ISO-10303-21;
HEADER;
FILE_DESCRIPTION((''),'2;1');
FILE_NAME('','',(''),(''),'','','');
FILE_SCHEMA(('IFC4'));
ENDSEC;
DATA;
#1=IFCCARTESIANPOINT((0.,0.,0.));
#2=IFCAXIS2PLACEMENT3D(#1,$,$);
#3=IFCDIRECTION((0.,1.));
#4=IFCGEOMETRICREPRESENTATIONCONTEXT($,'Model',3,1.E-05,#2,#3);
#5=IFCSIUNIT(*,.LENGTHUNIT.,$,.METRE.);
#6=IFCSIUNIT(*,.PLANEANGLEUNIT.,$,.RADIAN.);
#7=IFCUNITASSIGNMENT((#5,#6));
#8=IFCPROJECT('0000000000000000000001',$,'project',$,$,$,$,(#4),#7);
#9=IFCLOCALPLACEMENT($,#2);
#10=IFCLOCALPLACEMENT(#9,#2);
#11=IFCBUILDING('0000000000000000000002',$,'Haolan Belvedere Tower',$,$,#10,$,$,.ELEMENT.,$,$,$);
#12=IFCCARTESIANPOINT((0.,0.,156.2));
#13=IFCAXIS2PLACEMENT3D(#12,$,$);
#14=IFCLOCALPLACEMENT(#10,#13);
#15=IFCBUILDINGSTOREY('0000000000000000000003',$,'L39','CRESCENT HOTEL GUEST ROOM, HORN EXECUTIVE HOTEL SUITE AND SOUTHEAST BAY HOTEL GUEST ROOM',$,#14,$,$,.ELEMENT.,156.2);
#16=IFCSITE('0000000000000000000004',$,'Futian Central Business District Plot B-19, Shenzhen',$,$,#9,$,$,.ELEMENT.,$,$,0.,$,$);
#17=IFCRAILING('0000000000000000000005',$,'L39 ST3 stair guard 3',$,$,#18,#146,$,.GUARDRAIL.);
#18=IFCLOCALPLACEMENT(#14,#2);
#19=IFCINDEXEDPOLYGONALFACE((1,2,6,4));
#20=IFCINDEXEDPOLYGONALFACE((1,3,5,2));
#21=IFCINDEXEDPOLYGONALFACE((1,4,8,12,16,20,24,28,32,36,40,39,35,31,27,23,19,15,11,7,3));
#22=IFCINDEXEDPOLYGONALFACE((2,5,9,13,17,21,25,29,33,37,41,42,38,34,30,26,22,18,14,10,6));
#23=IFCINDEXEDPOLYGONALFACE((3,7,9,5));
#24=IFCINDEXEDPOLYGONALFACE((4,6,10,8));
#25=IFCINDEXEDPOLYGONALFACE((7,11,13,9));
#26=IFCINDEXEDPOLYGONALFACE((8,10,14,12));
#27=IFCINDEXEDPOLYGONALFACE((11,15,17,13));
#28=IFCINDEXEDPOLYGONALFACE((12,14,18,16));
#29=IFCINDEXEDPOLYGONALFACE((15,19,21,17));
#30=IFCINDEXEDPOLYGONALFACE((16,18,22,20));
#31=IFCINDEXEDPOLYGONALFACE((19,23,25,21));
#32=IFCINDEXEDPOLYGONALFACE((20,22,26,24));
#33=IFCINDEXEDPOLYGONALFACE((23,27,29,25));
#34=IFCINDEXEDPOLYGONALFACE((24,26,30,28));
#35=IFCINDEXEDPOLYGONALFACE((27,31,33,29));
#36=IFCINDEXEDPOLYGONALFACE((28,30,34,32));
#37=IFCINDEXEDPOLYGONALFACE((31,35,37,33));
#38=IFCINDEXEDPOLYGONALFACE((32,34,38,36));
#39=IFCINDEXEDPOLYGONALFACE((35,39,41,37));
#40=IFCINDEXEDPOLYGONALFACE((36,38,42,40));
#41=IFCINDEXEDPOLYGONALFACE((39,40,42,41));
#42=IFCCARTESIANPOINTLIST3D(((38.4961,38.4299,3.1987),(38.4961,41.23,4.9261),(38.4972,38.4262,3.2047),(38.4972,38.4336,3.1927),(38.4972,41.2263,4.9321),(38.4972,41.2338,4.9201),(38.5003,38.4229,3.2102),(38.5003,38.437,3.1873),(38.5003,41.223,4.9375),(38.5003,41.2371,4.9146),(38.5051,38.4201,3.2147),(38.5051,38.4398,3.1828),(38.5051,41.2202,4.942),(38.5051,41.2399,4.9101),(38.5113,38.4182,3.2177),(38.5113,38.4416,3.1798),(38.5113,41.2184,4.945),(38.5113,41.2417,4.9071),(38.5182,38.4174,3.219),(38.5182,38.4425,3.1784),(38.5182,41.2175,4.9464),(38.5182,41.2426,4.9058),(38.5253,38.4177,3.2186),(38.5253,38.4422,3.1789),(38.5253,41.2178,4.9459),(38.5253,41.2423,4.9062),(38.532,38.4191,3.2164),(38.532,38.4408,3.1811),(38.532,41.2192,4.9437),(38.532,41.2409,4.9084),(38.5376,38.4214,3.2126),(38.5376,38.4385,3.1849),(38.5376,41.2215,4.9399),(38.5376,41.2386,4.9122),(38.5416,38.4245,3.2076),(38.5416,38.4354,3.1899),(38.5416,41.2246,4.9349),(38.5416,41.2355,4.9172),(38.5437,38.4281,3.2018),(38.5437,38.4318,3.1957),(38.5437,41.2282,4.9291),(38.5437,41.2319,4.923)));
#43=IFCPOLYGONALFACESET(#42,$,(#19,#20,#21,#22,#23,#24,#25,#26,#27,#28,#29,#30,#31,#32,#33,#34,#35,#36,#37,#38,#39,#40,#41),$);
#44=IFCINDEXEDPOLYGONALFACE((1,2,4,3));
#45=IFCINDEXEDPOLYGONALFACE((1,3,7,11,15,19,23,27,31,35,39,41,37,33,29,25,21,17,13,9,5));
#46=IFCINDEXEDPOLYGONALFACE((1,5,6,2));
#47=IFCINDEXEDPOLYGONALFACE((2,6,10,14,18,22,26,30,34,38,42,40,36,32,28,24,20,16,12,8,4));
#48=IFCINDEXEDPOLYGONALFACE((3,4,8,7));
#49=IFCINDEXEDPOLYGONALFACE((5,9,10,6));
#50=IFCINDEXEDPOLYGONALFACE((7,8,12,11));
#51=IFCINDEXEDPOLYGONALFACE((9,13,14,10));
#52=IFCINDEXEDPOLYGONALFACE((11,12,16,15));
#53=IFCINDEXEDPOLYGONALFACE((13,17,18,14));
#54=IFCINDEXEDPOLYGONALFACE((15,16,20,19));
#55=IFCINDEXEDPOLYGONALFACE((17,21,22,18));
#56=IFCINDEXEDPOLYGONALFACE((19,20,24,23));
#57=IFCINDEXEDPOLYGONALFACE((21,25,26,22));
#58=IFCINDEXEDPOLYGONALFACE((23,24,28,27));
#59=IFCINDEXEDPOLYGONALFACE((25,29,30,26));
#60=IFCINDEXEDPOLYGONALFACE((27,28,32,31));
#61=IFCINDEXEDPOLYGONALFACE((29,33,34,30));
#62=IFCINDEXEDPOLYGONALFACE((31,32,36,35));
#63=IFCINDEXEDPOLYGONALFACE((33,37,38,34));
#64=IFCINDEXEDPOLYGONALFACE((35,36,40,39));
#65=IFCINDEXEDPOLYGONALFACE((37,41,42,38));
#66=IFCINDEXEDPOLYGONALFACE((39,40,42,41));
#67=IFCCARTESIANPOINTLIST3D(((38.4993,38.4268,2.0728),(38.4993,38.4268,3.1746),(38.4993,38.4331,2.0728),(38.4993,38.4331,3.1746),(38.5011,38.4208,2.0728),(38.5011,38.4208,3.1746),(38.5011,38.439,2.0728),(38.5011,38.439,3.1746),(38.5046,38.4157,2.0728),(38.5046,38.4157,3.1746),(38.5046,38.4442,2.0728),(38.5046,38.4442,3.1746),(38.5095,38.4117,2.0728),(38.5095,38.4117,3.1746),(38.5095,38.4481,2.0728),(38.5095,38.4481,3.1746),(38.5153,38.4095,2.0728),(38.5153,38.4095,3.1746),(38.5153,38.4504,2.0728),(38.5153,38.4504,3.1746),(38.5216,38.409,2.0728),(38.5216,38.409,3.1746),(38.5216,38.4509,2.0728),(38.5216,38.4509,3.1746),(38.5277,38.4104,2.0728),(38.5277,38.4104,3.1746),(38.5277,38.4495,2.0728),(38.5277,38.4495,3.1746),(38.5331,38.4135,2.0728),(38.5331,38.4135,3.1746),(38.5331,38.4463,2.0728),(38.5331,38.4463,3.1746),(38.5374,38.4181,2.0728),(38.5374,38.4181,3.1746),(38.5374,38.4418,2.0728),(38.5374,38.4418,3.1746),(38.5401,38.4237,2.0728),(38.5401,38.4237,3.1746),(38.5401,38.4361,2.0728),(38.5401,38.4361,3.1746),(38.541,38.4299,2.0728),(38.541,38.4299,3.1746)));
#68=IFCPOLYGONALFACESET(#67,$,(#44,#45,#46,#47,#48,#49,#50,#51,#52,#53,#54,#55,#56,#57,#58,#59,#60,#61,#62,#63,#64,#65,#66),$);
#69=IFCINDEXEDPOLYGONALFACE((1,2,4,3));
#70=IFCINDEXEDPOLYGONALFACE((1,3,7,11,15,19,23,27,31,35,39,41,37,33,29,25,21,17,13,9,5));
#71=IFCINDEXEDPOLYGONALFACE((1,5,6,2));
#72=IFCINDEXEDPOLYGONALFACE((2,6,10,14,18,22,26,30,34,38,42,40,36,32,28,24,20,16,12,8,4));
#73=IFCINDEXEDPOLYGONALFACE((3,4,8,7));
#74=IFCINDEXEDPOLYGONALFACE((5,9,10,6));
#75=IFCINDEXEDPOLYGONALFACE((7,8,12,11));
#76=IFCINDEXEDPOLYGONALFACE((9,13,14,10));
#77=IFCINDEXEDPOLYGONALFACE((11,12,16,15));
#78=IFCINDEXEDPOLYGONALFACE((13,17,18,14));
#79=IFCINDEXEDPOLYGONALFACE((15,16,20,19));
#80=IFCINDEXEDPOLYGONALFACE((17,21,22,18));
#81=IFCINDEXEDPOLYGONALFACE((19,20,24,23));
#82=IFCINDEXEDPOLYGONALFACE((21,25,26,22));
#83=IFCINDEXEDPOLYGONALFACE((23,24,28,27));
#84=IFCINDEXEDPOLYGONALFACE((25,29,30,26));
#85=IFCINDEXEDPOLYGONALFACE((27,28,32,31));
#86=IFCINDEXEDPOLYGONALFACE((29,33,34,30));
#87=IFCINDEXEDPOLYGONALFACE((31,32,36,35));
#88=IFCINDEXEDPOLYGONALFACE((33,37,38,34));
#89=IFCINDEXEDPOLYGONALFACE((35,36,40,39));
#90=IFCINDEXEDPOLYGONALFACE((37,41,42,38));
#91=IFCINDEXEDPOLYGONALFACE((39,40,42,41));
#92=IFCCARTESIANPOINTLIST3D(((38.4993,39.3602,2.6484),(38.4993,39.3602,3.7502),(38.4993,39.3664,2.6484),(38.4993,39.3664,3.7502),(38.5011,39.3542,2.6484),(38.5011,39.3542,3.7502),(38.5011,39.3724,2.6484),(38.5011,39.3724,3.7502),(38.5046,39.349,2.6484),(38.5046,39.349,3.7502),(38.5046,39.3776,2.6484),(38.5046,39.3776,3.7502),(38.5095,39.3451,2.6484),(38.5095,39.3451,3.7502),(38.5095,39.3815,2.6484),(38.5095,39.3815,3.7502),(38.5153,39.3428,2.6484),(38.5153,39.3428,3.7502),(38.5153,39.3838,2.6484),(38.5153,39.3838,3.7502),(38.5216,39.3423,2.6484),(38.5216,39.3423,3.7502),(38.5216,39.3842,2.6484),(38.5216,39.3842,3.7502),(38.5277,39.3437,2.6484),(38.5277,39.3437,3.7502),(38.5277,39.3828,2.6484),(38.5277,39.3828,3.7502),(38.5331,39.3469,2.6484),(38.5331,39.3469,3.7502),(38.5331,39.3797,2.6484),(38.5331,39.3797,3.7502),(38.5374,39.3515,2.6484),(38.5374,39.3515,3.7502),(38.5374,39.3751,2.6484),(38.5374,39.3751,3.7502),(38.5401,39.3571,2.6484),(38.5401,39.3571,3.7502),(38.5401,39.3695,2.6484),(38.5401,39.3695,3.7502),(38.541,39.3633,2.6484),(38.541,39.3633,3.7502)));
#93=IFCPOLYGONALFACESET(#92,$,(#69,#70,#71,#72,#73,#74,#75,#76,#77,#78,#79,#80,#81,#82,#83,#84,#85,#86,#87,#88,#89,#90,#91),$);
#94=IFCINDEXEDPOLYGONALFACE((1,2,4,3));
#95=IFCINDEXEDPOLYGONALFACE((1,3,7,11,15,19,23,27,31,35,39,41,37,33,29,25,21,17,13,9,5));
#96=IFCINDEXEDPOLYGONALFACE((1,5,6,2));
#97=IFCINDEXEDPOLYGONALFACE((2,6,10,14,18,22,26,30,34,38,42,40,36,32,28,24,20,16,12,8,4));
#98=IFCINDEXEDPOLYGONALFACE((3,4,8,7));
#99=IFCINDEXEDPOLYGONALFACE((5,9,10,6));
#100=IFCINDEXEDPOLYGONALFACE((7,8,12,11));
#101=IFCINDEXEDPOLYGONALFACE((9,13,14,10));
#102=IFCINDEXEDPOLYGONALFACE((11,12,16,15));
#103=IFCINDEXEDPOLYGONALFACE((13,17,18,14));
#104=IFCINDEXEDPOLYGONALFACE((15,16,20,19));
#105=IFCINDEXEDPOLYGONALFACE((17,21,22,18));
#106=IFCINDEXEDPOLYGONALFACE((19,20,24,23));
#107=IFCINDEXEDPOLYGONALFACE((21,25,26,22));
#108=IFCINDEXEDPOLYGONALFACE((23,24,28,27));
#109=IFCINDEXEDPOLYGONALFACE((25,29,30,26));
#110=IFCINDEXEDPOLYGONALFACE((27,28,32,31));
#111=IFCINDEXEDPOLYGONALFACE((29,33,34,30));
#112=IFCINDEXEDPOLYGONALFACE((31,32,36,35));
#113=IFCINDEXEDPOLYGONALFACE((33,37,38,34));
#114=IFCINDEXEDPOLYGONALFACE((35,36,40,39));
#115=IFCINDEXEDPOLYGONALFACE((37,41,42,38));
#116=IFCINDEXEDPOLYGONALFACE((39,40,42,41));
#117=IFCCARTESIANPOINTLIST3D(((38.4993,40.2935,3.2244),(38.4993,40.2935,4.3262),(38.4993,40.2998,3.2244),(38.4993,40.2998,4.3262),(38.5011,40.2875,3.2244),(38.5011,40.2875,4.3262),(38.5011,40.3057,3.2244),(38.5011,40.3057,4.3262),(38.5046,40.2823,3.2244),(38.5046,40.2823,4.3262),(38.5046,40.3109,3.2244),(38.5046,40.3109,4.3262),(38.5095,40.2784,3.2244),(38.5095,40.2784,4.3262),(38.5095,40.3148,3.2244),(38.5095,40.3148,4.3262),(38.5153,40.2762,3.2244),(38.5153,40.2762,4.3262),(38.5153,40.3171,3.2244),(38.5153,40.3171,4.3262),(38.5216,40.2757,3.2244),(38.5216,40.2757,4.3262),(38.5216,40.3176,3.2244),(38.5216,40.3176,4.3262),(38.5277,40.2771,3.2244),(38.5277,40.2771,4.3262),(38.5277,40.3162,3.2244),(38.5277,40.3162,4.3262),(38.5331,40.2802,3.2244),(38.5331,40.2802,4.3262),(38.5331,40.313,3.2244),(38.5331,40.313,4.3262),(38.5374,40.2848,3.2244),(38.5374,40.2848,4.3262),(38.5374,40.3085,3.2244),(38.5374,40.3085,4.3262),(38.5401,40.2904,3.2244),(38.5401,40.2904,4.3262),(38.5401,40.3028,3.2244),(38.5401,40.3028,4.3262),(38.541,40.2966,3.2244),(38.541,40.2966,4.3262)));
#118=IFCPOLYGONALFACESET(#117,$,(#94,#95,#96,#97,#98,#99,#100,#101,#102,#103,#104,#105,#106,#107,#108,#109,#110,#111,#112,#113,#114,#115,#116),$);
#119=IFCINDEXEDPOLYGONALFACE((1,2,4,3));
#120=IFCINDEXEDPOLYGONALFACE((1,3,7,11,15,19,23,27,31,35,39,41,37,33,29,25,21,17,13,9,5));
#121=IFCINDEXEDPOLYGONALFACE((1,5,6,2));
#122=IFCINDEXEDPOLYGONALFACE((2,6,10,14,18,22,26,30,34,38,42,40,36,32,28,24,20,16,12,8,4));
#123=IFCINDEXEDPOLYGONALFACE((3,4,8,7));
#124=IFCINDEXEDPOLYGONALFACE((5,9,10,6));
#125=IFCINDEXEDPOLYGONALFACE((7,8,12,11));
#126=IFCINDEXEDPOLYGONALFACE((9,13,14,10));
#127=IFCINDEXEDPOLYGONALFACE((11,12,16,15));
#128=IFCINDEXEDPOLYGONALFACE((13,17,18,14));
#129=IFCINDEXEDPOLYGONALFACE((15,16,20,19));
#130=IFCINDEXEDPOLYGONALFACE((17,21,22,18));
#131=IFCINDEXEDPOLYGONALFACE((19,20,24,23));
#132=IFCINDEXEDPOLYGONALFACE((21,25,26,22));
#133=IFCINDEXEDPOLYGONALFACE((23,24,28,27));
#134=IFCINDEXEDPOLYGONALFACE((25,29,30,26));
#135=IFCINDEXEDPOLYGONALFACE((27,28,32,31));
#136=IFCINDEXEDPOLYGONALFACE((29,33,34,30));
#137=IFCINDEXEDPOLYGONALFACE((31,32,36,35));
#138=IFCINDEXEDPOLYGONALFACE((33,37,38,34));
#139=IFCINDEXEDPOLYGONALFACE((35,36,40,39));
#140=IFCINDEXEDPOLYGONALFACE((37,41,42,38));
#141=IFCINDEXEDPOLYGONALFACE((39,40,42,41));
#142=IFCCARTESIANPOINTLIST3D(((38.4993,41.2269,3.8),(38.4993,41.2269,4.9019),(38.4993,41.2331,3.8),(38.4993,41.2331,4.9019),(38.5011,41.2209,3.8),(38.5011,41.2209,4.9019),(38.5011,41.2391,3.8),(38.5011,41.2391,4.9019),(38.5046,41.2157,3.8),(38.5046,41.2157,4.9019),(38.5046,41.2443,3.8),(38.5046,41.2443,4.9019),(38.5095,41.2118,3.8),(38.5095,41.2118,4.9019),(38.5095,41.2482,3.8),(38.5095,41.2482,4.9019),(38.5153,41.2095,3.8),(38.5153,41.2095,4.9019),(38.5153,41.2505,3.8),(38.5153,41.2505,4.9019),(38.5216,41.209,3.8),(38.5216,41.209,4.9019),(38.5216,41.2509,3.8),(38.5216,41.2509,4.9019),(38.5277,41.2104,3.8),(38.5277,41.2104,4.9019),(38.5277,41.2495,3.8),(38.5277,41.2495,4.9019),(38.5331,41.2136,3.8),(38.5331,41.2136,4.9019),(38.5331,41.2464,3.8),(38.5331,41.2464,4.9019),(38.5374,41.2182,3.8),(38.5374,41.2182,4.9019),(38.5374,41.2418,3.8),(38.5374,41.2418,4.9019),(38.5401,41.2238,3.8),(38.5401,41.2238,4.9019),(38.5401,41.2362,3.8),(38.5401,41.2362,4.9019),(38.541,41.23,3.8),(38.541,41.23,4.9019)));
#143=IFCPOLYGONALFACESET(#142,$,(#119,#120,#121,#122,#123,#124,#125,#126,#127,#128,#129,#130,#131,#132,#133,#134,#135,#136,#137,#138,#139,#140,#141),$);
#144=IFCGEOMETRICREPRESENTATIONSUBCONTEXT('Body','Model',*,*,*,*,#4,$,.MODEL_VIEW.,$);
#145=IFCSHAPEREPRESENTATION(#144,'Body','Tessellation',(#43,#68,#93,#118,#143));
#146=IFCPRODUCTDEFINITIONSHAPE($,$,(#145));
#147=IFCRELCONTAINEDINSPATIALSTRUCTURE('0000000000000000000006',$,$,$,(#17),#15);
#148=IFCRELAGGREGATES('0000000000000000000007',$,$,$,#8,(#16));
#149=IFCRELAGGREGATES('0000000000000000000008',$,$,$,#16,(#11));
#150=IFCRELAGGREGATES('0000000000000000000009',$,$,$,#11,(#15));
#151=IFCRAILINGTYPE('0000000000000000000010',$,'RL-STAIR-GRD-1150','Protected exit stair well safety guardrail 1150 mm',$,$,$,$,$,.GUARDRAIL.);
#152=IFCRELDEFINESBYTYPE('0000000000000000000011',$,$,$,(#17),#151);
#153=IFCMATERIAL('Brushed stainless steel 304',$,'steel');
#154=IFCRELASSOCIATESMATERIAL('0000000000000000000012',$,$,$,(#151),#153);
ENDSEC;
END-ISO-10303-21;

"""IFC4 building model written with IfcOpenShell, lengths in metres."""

from ifc_helpers import new_model, si_unit, direction, frame, origin, origin_2d, place, context, subcontext, project, spatial, circle, extrude, material, type_object, element, save


model = new_model("IFC4")

# Units and contexts
model_context = context("Model", 3, precision=1e-05, world=origin(), true_north=direction((0.0, 1.0)))
body_context = subcontext(model_context, "Body", "Model", "MODEL_VIEW")
ifc_project = project(units=[si_unit("LENGTHUNIT", "METRE"), si_unit("PLANEANGLEUNIT", "RADIAN")], contexts=[model_context])

# Site, building, storey
site_placement = place(None, origin())
site = spatial("IfcSite", under=ifc_project, at=site_placement, Name="Futian Central Business District Plot B-19, Shenzhen", CompositionType="ELEMENT", RefElevation=0.0)
building_placement = place(site_placement, origin())
building = spatial("IfcBuilding", under=site, at=building_placement, Name="Haolan Belvedere Tower", CompositionType="ELEMENT")
storey_placement = place(building_placement, frame((0.0, 0.0, 156.2)))
storey = spatial("IfcBuildingStorey", under=building, at=storey_placement, Name="L39", Description="CRESCENT HOTEL GUEST ROOM, HORN EXECUTIVE HOTEL SUITE AND SOUTHEAST BAY HOTEL GUEST ROOM", CompositionType="ELEMENT", Elevation=156.2)

# Railing
ifc_material_1 = material(Name="Brushed stainless steel 304", Category="steel")
railing_type_1 = type_object("IfcRailingType", Name="RL-STAIR-GRD-1150", Description="Protected exit stair well safety guardrail 1150 mm", PredefinedType="GUARDRAIL", material=ifc_material_1)
railing_1_placement = place(storey_placement, frame((38.52, 38.4299, 2.0728)))
element("IfcRailing", 1, at=railing_1_placement, inside=storey, type_object=railing_type_1, Name="L39 ST3 stair guard 3", PredefinedType="GUARDRAIL", context=body_context, shape_type="SweptSolid", body=[
    extrude(circle(Radius=0.0239, at=origin_2d()), frame((0.0, 0.0, 1.126), z_axis=(0.0, 0.85109, 0.52502), x_axis=(-1.0, 0.0, 0.0)), (0.0, 0.0, 1.0), 3.29),
    extrude(circle(Radius=0.021, at=origin_2d()), origin(), (0.0, 0.0, 1.0), 1.1018),
    extrude(circle(Radius=0.021, at=origin_2d()), frame((0.0, 0.9333, 0.5757)), (0.0, 0.0, 1.0), 1.1018),
    extrude(circle(Radius=0.021, at=origin_2d()), frame((0.0, 1.8667, 1.1516)), (0.0, 0.0, 1.0), 1.1018),
    extrude(circle(Radius=0.021, at=origin_2d()), frame((0.0, 2.8, 1.7273)), (0.0, 0.0, 1.0), 1.1018),
])

save(model, "model.ifc")
